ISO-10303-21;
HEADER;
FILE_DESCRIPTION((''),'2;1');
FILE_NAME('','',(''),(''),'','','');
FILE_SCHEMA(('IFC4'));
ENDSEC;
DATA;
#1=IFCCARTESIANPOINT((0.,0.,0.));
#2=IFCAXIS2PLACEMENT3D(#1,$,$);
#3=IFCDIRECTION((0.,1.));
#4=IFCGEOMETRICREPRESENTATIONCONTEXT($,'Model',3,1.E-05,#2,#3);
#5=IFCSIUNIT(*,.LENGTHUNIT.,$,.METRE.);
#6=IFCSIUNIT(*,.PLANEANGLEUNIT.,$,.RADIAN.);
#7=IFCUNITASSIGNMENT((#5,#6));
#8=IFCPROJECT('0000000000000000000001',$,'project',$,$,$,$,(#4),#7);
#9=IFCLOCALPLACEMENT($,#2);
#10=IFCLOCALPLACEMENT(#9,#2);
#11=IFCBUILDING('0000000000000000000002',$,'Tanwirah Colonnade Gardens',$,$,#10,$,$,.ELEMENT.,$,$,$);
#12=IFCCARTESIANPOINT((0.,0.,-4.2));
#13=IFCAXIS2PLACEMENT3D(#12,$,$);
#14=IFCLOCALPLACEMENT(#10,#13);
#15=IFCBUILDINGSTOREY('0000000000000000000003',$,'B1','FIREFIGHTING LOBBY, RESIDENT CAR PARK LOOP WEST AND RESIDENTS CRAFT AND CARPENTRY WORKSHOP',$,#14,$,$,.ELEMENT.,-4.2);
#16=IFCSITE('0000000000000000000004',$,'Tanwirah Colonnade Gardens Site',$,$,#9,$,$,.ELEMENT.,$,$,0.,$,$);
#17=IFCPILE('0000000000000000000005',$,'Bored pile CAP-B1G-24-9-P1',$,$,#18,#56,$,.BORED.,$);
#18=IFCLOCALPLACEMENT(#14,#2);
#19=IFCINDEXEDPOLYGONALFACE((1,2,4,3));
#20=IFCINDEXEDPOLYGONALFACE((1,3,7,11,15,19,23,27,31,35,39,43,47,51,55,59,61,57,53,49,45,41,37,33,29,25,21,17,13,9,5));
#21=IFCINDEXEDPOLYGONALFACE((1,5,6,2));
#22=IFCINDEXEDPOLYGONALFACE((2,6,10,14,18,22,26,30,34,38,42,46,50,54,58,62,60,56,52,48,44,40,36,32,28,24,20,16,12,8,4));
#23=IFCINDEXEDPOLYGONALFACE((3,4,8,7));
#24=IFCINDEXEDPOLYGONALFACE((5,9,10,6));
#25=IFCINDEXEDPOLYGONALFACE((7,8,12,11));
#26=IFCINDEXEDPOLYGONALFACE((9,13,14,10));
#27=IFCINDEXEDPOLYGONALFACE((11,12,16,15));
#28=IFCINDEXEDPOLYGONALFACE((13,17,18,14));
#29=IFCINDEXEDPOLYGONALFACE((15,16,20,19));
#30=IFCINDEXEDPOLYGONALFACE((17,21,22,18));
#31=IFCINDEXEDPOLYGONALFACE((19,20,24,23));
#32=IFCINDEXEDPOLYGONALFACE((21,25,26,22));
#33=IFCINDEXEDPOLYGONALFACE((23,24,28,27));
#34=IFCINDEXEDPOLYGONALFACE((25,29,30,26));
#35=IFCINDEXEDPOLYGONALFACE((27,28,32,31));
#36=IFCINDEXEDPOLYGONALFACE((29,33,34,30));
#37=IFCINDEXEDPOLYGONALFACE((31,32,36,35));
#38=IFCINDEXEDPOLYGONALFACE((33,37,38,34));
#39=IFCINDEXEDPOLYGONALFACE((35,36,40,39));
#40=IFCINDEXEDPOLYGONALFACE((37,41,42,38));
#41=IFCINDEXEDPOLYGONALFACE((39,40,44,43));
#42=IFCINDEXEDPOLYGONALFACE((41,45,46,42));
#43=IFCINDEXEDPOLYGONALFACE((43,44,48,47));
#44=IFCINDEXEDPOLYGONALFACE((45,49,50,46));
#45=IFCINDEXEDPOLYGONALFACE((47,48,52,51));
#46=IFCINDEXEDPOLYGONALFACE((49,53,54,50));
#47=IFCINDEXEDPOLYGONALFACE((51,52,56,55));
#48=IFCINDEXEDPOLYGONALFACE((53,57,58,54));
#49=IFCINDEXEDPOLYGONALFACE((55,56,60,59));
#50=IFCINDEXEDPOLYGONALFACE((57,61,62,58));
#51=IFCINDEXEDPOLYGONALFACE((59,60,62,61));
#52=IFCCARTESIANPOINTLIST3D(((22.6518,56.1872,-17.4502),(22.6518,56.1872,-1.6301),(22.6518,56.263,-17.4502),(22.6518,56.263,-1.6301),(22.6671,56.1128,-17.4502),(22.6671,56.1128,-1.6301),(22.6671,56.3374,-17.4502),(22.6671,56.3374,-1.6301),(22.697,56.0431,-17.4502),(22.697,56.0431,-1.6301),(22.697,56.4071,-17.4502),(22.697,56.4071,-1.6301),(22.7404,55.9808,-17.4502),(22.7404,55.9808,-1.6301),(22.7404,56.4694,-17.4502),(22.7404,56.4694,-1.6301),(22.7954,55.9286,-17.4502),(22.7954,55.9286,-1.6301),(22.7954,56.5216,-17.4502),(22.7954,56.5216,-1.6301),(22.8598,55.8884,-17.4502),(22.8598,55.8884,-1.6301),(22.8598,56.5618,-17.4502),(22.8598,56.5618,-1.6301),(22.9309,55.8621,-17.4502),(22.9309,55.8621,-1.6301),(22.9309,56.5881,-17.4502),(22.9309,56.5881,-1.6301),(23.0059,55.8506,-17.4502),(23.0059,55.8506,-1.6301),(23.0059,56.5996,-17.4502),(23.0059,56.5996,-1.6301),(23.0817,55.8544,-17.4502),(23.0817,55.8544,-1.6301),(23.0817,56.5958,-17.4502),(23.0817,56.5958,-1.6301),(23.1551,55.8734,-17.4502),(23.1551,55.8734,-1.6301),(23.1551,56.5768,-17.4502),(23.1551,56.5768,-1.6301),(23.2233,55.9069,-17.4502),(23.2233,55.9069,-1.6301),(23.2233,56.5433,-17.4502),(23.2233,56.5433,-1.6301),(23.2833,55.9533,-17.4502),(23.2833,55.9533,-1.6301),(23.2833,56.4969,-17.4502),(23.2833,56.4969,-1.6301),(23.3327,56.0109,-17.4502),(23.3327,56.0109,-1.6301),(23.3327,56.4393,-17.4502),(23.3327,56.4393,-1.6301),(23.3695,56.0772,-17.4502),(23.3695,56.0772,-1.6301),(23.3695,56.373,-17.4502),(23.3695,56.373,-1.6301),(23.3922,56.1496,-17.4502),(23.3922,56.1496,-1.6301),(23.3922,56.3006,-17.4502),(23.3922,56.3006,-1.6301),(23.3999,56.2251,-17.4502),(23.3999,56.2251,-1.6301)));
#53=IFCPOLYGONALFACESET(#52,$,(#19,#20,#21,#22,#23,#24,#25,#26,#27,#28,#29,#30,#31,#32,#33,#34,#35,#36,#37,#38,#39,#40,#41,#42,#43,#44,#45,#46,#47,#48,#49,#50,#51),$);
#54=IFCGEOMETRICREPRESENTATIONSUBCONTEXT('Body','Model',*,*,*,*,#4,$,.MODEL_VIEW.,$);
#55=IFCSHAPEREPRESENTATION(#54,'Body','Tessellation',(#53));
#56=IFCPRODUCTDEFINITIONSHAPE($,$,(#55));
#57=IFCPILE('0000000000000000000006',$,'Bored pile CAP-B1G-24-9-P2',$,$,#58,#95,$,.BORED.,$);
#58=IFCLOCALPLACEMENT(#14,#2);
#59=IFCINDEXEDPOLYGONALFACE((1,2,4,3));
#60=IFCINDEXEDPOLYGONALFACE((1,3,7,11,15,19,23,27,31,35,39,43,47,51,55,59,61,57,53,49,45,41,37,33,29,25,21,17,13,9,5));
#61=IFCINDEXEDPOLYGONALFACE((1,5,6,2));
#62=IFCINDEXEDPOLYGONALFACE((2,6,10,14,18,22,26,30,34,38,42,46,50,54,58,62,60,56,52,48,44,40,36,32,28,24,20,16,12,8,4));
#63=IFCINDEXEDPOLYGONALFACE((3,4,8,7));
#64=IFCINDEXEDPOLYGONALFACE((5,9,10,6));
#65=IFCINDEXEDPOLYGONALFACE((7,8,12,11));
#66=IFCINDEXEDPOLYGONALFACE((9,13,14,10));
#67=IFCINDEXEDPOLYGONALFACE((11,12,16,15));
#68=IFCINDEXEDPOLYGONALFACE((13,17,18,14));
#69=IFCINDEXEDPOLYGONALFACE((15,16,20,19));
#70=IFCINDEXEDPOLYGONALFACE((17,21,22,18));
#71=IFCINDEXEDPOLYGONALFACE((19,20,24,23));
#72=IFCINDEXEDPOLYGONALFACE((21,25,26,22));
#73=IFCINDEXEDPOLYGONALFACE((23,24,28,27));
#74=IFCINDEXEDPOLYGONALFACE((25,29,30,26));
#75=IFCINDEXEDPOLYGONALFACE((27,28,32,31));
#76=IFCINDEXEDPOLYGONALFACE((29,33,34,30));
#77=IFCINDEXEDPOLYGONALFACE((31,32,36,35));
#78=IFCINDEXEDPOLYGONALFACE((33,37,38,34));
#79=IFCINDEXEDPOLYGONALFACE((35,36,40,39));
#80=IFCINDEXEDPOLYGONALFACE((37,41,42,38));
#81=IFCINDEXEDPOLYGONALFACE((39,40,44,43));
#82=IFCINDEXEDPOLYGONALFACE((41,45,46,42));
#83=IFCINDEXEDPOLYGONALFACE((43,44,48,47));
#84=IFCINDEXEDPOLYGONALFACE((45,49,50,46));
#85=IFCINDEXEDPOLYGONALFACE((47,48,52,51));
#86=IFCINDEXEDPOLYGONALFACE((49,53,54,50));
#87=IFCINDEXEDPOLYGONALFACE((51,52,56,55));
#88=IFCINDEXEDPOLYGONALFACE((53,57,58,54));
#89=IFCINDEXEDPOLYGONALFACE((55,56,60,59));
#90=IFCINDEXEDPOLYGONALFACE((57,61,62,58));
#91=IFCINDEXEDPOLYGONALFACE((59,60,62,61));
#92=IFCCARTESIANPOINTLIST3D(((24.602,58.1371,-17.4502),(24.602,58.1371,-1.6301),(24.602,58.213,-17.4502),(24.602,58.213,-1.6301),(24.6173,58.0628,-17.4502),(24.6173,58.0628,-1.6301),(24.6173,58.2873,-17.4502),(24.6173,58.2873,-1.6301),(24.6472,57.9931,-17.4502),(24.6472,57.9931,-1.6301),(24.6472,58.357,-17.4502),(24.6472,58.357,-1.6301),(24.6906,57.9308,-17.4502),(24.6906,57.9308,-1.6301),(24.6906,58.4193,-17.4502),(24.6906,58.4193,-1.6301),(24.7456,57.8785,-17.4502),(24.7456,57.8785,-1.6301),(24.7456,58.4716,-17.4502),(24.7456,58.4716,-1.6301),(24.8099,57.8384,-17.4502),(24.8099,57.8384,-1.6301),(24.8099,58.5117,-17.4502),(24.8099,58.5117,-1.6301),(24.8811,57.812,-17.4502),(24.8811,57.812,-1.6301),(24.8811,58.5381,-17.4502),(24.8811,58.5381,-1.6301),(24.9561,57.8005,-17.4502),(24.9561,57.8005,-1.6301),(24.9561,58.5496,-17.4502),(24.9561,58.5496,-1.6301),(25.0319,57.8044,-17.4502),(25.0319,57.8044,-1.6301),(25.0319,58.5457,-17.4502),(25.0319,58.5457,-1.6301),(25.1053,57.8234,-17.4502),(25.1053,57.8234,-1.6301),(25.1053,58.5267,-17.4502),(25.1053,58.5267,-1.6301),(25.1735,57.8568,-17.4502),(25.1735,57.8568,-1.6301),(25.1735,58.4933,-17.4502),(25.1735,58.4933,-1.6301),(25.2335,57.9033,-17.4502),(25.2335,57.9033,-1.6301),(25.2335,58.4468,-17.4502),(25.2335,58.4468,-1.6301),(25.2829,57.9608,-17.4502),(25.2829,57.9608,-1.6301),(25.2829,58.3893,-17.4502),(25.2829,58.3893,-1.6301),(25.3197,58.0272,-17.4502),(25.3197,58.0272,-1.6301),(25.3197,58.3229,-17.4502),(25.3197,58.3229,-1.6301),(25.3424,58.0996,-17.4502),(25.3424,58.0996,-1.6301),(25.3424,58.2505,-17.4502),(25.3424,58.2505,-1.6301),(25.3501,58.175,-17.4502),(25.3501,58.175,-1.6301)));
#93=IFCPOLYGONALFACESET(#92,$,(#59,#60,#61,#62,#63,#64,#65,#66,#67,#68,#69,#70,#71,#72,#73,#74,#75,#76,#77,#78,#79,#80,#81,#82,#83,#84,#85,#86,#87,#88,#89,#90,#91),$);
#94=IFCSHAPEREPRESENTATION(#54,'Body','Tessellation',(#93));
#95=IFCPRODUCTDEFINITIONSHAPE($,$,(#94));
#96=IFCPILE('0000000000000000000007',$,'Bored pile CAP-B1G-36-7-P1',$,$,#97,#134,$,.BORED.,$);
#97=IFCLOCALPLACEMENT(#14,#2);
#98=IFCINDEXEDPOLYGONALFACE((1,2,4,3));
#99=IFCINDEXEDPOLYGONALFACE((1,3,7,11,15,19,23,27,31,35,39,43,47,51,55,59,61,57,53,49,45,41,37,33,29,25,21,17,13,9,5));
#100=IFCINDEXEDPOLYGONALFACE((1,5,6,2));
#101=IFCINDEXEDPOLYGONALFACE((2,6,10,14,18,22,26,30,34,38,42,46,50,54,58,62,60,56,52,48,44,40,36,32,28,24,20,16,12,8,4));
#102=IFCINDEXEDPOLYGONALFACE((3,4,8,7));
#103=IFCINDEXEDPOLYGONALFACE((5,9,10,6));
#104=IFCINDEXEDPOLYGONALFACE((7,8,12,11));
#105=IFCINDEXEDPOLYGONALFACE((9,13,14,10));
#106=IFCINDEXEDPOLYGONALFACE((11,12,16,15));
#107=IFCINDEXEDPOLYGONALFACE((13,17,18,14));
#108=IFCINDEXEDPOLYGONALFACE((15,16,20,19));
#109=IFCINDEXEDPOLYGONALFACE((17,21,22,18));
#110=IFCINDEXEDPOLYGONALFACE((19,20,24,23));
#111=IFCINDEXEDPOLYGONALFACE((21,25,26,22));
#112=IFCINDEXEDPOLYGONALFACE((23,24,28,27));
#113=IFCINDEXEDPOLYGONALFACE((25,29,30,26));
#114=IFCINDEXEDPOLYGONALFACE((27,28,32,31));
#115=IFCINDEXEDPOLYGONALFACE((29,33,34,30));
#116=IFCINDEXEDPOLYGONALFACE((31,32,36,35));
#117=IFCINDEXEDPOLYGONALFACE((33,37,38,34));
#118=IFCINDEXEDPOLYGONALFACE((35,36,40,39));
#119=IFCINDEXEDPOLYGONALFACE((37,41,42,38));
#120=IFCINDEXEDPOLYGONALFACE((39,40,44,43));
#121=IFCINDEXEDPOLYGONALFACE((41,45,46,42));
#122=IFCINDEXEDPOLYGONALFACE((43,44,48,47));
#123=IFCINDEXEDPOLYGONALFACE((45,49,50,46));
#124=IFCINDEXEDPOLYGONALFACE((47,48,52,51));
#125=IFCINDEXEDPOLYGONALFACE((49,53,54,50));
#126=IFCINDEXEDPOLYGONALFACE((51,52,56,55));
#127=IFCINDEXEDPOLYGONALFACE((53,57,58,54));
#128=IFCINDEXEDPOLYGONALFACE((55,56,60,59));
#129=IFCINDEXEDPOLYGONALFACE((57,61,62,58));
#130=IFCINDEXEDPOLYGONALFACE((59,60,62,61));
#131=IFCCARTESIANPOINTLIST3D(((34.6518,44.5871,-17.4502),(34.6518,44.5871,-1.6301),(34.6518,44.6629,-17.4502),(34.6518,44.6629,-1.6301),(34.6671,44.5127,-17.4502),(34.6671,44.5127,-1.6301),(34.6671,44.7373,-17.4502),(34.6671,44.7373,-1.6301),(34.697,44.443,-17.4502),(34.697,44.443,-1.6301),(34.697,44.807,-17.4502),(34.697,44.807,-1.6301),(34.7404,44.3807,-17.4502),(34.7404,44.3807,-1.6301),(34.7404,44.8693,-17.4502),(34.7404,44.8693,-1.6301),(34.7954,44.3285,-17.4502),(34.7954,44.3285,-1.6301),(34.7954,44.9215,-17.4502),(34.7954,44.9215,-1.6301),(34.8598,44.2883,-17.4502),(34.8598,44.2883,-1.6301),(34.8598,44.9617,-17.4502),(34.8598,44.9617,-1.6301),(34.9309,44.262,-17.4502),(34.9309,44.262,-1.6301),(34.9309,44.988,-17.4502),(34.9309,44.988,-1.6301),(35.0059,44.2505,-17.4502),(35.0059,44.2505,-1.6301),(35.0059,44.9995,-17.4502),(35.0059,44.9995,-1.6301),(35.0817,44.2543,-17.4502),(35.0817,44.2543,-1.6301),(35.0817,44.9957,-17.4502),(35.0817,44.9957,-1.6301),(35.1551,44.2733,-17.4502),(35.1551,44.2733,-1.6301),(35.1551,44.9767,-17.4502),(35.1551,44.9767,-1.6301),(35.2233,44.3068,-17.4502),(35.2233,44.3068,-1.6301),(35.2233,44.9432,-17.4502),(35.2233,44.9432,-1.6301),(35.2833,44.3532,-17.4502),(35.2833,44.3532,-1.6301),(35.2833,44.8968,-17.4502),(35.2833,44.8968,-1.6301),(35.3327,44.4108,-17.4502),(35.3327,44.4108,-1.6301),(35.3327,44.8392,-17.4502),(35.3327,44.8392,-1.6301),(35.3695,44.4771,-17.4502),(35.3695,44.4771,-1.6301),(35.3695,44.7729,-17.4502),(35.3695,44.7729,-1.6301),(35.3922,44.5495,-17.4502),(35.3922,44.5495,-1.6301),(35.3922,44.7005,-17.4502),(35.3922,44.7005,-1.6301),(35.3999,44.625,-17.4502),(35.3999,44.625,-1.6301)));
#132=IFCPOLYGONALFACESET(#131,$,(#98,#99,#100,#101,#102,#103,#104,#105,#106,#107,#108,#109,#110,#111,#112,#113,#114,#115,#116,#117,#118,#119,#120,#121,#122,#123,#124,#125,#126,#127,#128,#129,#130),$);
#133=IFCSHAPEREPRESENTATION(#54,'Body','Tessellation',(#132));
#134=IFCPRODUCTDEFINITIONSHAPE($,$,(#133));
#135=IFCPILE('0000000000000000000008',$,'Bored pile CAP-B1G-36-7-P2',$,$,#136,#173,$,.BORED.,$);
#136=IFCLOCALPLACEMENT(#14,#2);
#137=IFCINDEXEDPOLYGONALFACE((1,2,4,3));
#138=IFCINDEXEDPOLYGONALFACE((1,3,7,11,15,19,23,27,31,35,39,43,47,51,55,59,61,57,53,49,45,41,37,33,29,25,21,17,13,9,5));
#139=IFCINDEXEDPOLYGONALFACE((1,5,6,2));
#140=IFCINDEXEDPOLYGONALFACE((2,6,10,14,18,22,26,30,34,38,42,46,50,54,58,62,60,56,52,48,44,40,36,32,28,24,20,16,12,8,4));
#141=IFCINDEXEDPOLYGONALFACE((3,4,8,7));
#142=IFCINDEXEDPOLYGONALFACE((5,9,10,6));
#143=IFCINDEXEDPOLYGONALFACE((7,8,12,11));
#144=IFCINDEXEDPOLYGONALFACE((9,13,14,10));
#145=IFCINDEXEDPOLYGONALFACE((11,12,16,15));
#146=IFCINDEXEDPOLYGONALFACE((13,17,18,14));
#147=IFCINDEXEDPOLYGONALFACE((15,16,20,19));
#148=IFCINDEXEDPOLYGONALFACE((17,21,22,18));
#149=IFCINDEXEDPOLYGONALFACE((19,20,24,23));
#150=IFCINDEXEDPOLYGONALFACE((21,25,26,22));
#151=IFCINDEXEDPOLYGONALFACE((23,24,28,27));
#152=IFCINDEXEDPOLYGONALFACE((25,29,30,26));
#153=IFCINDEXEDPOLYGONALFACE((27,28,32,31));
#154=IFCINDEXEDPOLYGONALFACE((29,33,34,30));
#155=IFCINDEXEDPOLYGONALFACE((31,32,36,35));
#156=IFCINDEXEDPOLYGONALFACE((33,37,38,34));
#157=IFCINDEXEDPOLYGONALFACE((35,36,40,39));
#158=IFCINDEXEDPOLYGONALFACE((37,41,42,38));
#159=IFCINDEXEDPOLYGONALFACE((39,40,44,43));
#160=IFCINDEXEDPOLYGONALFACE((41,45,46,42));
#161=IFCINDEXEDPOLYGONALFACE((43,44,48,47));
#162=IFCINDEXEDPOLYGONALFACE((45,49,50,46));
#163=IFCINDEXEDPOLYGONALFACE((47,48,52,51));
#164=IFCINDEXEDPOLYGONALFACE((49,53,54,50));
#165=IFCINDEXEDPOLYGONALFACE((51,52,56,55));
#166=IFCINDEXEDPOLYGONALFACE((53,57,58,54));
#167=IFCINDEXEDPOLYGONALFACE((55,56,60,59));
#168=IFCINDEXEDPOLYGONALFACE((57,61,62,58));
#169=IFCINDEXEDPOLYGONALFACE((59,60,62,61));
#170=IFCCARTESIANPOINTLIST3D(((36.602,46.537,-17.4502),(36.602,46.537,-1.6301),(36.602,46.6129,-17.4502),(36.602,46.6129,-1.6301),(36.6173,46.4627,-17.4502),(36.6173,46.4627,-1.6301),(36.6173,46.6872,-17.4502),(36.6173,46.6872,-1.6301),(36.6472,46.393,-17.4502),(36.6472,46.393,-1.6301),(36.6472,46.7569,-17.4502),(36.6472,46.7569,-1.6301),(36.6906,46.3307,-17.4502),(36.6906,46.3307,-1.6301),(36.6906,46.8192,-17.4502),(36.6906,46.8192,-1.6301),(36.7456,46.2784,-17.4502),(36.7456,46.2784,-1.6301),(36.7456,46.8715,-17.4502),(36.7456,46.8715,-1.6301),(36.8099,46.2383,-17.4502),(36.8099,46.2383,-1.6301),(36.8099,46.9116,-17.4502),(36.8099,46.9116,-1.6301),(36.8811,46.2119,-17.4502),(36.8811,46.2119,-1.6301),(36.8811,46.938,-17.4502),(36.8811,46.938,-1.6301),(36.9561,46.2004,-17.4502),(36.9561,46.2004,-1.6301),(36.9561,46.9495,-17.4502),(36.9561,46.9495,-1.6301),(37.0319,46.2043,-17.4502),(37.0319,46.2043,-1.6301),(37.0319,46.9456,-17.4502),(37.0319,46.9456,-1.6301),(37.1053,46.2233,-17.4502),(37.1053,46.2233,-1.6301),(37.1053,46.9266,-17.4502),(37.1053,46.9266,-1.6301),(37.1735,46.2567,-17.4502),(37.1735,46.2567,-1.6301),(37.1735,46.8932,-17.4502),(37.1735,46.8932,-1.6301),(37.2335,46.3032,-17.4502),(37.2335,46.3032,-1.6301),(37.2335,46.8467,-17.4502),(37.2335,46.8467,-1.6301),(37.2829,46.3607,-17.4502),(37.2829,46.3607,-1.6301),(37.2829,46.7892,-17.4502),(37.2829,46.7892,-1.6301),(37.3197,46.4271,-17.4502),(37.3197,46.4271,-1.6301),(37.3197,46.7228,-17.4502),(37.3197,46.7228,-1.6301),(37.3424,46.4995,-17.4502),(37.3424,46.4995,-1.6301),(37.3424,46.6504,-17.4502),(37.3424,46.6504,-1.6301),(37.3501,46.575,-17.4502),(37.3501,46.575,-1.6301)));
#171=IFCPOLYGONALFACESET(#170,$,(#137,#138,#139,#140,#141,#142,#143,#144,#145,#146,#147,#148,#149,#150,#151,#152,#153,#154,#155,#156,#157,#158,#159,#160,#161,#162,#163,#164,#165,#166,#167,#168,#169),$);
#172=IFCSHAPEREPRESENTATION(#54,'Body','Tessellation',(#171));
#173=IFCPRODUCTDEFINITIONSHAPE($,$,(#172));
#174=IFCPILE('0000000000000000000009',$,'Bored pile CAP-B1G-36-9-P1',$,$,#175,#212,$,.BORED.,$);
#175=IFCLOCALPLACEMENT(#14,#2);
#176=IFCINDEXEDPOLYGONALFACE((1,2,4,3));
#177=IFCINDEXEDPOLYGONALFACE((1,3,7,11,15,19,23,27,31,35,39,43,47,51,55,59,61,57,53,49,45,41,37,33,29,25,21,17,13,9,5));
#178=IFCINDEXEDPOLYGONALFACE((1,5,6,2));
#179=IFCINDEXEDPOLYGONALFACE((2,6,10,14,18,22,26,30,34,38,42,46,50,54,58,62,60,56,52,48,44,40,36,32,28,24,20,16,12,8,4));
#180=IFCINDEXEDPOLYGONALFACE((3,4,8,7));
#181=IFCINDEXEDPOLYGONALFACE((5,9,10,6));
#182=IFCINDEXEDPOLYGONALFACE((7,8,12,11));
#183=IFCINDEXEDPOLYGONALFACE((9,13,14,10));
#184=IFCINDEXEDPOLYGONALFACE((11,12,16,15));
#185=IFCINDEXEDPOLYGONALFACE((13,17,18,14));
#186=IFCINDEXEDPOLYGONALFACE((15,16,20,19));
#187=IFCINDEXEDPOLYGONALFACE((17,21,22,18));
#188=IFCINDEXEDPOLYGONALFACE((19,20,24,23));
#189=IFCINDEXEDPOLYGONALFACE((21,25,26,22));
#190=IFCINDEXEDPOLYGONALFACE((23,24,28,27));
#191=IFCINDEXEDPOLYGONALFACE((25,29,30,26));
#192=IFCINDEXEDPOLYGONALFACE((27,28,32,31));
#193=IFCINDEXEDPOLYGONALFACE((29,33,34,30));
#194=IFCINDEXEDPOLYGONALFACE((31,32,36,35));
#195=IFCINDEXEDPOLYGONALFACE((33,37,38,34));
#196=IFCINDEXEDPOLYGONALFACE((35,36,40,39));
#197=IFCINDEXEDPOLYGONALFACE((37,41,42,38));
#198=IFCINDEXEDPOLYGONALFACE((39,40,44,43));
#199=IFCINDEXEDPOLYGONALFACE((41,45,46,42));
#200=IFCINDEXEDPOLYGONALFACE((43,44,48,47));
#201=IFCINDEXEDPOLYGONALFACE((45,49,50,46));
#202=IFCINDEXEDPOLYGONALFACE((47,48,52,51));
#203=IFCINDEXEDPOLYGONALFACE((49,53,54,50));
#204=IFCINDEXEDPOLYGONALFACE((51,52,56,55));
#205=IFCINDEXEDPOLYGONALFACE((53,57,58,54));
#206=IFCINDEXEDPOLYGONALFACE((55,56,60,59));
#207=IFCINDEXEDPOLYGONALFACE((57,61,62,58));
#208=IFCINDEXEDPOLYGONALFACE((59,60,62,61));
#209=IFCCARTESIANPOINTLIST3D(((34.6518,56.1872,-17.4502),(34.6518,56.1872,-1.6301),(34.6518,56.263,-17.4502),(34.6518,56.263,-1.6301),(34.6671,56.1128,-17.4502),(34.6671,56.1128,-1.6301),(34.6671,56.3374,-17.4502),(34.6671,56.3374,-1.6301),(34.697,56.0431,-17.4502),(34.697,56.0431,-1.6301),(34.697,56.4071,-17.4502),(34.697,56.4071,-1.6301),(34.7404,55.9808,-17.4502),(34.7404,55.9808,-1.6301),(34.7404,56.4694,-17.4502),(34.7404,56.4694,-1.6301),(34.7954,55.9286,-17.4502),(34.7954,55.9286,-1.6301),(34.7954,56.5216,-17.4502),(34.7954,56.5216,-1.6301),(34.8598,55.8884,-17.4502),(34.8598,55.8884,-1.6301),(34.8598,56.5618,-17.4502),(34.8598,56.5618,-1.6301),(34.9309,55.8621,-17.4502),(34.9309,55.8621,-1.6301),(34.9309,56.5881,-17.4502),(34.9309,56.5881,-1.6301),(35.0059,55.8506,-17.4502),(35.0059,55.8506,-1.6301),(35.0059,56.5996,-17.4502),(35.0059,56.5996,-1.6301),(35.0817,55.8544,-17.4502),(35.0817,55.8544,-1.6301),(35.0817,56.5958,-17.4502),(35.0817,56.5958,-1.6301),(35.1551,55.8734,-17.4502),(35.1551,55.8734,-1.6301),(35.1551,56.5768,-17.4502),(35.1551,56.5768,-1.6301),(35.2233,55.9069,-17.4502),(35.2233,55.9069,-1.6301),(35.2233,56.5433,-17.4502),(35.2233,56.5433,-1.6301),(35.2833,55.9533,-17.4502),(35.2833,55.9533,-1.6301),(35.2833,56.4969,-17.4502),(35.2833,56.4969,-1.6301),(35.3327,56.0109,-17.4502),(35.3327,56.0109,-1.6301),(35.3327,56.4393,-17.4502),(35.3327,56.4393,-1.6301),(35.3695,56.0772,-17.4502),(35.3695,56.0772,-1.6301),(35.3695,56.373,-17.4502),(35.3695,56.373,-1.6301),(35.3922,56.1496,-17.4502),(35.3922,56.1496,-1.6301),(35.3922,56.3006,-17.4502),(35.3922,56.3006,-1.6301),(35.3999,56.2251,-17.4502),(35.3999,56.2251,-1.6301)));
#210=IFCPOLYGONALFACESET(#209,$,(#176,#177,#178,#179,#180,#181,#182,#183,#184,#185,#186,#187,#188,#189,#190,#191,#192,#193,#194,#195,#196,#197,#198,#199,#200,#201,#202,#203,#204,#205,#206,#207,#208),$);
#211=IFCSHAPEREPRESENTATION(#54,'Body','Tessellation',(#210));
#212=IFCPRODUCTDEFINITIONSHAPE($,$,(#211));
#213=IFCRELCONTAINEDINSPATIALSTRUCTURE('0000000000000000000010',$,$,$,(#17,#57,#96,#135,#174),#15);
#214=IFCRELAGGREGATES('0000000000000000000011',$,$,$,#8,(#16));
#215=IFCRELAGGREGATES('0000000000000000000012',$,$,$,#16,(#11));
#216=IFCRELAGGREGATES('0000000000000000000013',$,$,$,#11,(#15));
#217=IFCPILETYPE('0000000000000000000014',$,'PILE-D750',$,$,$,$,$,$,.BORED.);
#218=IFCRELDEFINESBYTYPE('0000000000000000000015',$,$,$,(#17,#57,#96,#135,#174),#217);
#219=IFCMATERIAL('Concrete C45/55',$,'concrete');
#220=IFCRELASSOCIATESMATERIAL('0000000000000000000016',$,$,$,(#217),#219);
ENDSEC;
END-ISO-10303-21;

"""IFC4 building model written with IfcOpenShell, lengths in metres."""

from ifc_helpers import new_model, si_unit, direction, frame, origin, origin_2d, place, context, subcontext, project, spatial, circle, extrude, material, material_profile, profile_set, type_object, element, save


model = new_model("IFC4")

# Units and contexts
model_context = context("Model", 3, precision=1e-05, world=origin(), true_north=direction((0.0, 1.0)))
body_context = subcontext(model_context, "Body", "Model", "MODEL_VIEW")
ifc_project = project(units=[si_unit("LENGTHUNIT", "METRE"), si_unit("PLANEANGLEUNIT", "RADIAN")], contexts=[model_context])

# Site, building, storey
site_placement = place(None, origin())
site = spatial("IfcSite", under=ifc_project, at=site_placement, Name="Tanwirah Colonnade Gardens Site", CompositionType="ELEMENT", RefElevation=0.0)
building_placement = place(site_placement, origin())
building = spatial("IfcBuilding", under=site, at=building_placement, Name="Tanwirah Colonnade Gardens", CompositionType="ELEMENT")
storey_placement = place(building_placement, frame((0.0, 0.0, -4.2)))
storey = spatial("IfcBuildingStorey", under=building, at=storey_placement, Name="B1", Description="FIREFIGHTING LOBBY, RESIDENT CAR PARK LOOP WEST AND RESIDENTS CRAFT AND CARPENTRY WORKSHOP", CompositionType="ELEMENT", Elevation=-4.2)

# Shared definitions
ifc_material_1 = material(Name="Concrete C45/55", Category="concrete")

# Piles
ifc_material_profile_1 = material_profile(ifc_material_1, circle(Radius=0.375, at=origin_2d()), Name="PILE D750")
ifc_profile_set_1 = profile_set([ifc_material_profile_1], Name="Concrete C45/55")
pile_type = type_object("IfcPileType", Name="PILE-D750", PredefinedType="BORED", material=ifc_profile_set_1)
for number, where, z_axis, x_axis, name in (
    (1, (23.0249, 56.2251, -1.6301), (0.0, 0.0, -1.0), (1.0, 0.0, 0.0), "Bored pile CAP-B1G-24-9-P1"),
    (2, (24.9751, 58.175, -1.6301), (0.0, 0.0, -1.0), (1.0, 0.0, 0.0), "Bored pile CAP-B1G-24-9-P2"),
    (3, (35.0249, 44.625, -1.6301), (0.0, 0.0, -1.0), (1.0, 0.0, 0.0), "Bored pile CAP-B1G-36-7-P1"),
    (4, (36.9751, 46.575, -1.6301), (0.0, 0.0, -1.0), (1.0, 0.0, 0.0), "Bored pile CAP-B1G-36-7-P2"),
    (5, (35.0249, 56.2251, -1.6301), (0.0, 0.0, -1.0), (1.0, 0.0, 0.0), "Bored pile CAP-B1G-36-9-P1"),
):
    element("IfcPile", number, at=place(storey_placement, frame(where, z_axis=z_axis, x_axis=x_axis)), inside=storey, type_object=pile_type, Name=name, PredefinedType="BORED", context=body_context, shape_type="SweptSolid", body=[
        extrude(circle(Radius=0.375, at=origin_2d()), origin(), (0.0, 0.0, 1.0), 15.8201),
    ])

save(model, "model.ifc")
